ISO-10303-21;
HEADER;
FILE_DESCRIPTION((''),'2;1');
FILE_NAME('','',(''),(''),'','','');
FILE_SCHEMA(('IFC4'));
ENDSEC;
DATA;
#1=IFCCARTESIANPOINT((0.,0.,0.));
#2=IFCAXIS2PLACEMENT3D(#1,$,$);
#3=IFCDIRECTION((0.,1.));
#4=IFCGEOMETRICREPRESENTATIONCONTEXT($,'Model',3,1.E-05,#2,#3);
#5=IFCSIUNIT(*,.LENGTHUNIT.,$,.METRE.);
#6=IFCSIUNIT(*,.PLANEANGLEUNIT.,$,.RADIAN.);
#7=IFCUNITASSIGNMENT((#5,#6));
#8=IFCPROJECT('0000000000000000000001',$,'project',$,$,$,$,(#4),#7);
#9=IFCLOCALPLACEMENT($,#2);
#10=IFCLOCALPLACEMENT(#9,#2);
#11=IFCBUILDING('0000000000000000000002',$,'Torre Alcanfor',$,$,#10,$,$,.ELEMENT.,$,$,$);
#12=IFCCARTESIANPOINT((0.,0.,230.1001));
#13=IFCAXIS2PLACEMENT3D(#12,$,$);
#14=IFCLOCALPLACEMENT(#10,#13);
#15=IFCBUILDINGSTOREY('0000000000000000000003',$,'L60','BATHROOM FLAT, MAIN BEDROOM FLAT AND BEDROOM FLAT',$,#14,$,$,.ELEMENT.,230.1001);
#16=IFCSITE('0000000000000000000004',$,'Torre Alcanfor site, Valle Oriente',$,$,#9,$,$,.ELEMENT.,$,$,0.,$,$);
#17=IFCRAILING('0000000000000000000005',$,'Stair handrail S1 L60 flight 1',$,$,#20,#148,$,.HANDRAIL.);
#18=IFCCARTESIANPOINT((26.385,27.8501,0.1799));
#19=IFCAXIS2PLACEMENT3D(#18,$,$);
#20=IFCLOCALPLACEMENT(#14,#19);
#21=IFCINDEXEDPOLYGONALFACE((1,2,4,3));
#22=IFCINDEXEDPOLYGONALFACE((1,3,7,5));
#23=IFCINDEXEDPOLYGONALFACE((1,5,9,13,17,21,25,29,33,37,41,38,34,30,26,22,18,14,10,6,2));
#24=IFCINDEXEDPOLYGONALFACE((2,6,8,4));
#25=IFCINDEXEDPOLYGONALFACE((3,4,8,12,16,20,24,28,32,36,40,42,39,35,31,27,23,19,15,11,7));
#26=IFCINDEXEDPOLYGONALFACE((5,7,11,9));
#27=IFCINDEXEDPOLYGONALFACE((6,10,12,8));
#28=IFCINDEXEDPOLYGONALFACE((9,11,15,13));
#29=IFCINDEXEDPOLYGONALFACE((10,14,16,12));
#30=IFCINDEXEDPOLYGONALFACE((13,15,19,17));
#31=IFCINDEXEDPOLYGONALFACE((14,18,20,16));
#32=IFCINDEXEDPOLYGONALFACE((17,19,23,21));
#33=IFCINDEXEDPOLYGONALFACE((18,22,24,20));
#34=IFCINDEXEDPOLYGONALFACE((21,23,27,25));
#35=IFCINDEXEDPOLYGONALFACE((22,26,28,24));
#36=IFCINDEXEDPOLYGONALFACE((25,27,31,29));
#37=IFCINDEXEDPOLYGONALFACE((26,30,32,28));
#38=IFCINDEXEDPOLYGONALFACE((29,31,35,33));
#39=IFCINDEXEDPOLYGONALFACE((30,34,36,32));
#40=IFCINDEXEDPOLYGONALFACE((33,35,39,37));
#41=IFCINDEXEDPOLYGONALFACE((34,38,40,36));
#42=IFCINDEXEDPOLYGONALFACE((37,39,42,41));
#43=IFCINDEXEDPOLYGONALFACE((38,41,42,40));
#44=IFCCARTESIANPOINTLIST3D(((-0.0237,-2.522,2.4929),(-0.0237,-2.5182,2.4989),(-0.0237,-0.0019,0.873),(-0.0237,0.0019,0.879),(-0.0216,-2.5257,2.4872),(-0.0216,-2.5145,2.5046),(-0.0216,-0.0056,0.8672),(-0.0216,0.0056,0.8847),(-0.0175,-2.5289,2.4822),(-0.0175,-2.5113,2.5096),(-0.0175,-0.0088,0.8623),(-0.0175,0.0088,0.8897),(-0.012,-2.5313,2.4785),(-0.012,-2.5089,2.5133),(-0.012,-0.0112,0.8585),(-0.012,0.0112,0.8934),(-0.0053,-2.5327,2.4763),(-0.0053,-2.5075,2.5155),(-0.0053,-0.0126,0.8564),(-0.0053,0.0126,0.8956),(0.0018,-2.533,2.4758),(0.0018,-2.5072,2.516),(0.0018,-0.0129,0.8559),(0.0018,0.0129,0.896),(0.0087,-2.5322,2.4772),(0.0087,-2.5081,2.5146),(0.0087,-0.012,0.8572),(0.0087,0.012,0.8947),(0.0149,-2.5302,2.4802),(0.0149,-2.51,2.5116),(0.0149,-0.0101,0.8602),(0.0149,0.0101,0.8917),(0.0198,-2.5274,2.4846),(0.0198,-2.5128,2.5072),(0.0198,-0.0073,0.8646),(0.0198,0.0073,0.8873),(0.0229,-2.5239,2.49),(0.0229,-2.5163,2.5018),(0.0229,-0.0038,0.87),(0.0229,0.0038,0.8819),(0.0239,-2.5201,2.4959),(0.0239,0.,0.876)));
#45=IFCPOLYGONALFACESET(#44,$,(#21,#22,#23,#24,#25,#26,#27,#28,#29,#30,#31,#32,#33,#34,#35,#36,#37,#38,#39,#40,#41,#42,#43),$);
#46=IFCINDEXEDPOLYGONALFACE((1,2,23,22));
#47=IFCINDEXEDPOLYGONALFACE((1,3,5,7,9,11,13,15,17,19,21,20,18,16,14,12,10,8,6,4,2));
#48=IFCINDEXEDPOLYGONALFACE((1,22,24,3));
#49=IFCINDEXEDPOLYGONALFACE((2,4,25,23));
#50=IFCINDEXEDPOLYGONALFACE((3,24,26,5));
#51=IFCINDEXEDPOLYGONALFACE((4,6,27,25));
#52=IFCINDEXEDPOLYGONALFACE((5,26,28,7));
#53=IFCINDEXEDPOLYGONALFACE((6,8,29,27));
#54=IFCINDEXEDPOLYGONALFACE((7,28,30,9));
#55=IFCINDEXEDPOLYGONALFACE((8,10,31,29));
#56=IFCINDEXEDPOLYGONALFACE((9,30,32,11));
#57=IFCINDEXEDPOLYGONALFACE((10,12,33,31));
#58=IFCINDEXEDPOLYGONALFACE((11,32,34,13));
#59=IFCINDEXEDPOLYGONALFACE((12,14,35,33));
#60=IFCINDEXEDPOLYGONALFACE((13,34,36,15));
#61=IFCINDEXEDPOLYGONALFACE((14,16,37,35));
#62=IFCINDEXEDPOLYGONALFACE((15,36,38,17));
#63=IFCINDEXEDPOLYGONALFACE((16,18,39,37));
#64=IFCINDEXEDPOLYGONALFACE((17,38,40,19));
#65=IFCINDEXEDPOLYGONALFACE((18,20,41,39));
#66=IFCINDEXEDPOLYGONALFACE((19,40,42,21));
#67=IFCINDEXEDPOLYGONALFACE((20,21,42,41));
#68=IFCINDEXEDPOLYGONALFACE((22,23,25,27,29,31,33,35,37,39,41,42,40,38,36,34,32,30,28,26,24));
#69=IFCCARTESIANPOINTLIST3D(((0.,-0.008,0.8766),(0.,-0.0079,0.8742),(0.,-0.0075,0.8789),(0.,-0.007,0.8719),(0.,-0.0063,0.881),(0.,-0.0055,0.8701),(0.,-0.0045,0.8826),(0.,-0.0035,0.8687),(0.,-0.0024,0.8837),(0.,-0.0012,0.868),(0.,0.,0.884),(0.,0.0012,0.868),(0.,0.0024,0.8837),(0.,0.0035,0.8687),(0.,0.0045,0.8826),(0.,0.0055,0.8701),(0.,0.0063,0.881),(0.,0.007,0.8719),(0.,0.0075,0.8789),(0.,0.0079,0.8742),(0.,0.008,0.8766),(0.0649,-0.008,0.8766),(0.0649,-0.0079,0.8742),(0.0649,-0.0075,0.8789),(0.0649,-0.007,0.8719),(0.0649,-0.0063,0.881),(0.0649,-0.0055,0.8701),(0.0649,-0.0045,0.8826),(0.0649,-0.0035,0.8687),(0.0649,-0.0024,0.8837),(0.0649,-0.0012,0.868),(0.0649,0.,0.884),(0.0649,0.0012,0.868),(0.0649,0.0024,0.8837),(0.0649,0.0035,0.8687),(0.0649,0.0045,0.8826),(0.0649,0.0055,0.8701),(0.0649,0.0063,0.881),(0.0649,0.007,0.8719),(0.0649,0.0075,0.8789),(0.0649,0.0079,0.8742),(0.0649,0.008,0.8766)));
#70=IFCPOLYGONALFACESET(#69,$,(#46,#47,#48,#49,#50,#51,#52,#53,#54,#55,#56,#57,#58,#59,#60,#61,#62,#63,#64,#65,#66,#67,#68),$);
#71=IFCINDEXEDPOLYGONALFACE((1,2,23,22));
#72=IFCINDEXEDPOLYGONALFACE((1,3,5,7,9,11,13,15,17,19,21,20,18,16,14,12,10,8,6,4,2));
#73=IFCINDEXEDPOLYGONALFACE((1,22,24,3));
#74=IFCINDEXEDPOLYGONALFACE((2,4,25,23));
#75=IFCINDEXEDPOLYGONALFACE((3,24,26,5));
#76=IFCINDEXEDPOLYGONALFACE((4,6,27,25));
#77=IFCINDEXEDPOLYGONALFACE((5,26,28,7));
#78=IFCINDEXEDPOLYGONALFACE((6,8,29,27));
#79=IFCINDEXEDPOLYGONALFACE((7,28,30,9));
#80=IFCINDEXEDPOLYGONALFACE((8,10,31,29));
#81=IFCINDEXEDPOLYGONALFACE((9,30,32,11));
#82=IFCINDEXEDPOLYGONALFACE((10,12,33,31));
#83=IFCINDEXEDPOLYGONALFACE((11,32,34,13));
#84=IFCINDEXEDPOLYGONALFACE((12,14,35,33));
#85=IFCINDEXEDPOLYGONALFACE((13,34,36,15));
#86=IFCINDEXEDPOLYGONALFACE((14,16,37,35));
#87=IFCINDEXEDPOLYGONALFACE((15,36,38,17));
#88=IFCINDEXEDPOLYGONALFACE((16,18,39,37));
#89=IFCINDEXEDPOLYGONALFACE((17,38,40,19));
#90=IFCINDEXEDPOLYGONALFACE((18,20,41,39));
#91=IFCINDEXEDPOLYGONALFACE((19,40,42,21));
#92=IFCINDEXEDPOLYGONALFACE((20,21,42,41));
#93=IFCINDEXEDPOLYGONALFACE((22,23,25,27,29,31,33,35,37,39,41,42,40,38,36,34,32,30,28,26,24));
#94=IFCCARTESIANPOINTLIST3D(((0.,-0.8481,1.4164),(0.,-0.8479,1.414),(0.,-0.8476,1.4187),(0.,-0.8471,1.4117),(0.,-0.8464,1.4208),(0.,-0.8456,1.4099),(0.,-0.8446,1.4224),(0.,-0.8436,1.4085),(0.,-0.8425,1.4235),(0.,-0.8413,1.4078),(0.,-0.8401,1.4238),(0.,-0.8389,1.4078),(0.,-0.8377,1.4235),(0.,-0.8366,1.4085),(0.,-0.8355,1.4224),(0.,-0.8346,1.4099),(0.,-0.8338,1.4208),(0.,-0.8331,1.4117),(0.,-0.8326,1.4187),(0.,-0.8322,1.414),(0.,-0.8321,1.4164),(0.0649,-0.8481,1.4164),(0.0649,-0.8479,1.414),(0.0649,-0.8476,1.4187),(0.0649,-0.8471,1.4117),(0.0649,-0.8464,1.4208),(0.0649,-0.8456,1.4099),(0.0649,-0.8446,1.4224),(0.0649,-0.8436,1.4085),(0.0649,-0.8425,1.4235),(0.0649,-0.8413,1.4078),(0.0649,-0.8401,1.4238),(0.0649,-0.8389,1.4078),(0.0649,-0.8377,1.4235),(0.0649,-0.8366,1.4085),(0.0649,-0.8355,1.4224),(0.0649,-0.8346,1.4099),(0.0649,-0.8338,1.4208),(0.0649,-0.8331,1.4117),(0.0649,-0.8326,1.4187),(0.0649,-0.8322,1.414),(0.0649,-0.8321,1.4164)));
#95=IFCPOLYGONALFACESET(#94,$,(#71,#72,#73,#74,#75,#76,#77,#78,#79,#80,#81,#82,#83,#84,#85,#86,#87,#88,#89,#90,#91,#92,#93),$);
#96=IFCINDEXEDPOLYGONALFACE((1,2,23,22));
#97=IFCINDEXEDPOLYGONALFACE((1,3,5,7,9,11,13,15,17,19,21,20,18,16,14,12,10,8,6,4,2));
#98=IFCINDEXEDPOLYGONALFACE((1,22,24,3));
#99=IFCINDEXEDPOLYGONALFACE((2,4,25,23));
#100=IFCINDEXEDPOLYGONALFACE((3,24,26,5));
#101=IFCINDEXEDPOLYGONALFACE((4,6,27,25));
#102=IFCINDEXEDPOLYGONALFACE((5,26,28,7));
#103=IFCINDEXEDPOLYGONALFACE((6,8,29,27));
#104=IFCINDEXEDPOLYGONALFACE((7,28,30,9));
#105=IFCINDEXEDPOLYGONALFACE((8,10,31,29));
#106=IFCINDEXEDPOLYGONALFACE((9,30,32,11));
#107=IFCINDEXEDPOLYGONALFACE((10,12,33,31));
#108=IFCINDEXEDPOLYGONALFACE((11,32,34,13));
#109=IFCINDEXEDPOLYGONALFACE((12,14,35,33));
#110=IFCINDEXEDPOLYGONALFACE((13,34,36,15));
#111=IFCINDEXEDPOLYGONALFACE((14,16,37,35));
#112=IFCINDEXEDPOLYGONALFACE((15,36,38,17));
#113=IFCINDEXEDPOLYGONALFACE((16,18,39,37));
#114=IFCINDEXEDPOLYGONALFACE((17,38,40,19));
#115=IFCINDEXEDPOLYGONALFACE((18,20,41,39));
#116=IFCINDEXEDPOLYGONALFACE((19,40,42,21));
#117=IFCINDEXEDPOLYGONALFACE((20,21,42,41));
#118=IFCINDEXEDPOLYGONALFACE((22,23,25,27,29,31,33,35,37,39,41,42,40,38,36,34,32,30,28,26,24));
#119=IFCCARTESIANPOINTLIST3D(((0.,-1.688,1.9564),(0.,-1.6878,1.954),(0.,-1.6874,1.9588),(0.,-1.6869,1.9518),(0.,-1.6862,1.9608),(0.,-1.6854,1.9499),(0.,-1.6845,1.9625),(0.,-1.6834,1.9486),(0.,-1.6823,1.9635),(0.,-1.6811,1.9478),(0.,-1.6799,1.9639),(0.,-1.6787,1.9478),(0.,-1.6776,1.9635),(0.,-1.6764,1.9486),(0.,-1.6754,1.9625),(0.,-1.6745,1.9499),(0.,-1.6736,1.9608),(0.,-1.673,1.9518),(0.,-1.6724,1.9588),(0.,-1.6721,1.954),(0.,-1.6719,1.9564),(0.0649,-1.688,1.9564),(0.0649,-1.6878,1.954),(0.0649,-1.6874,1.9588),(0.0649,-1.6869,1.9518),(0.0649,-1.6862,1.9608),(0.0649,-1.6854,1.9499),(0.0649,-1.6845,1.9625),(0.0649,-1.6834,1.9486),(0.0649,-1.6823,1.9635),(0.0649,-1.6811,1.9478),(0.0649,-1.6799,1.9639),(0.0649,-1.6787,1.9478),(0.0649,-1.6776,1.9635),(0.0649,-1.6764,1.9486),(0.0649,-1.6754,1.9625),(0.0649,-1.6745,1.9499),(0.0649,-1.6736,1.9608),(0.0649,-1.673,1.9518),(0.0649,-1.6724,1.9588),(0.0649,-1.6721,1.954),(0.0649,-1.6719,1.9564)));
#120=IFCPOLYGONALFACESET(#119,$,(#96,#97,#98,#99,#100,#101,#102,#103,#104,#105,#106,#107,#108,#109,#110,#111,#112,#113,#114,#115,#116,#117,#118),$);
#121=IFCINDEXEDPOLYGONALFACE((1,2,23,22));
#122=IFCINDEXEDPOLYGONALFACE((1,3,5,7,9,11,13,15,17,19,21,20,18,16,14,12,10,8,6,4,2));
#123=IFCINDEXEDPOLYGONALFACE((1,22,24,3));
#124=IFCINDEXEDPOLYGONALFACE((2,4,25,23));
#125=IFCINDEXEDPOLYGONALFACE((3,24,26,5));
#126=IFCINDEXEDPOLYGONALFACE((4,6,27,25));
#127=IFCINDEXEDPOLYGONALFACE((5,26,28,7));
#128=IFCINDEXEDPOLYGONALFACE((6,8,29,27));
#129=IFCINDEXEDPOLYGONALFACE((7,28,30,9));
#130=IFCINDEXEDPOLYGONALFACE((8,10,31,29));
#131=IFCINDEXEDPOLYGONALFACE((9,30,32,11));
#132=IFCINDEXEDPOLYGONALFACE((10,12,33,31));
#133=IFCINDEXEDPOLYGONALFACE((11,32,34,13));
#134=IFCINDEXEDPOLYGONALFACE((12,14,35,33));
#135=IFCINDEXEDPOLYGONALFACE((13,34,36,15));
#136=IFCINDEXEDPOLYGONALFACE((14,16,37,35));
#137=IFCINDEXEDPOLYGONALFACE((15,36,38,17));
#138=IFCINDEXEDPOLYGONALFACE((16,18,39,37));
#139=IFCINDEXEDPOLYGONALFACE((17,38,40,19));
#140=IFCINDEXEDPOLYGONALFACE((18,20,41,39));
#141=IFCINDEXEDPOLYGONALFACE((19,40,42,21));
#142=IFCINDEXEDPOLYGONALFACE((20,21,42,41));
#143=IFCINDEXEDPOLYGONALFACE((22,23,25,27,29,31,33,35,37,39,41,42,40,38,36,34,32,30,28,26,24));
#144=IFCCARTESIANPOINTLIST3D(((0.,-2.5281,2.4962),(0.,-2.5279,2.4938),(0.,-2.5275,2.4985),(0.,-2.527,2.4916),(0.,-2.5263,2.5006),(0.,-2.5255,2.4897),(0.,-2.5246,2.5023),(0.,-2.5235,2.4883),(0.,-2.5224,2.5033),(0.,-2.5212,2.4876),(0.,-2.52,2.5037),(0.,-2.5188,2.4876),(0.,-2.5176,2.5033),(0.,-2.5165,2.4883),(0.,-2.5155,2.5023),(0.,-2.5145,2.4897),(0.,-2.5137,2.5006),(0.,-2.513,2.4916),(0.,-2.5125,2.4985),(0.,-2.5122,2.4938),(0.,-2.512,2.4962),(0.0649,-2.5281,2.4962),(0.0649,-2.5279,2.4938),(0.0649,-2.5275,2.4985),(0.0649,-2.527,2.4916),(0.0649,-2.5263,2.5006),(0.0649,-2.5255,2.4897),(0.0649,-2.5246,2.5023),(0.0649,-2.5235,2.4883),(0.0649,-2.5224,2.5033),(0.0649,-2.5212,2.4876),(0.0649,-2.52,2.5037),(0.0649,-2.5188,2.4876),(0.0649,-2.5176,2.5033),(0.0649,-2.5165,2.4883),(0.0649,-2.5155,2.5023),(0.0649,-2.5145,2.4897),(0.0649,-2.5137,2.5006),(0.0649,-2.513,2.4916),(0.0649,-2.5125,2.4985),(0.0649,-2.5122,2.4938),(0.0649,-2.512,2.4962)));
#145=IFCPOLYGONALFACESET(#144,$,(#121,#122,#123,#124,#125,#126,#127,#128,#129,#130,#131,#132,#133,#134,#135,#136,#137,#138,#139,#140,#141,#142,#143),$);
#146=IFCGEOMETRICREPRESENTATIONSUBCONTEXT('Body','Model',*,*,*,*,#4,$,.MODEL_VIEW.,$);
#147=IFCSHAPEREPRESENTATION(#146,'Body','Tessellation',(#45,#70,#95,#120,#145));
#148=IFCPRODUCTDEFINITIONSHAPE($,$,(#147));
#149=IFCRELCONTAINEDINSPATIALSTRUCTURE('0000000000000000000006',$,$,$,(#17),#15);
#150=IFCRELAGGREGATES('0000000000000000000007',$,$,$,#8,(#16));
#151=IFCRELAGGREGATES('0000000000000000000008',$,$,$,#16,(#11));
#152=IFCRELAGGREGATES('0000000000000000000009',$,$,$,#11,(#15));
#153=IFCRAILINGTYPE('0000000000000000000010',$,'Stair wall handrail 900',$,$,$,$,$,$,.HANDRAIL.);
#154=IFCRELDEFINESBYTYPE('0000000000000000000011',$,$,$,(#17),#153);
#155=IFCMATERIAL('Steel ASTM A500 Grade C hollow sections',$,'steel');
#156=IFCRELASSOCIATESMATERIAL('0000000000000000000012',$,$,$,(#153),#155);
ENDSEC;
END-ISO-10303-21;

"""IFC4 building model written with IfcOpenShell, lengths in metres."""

from ifc_helpers import new_model, si_unit, direction, frame, origin, origin_2d, place, context, subcontext, project, spatial, circle, extrude, material, type_object, element, save


model = new_model("IFC4")

# Units and contexts
model_context = context("Model", 3, precision=1e-05, world=origin(), true_north=direction((0.0, 1.0)))
body_context = subcontext(model_context, "Body", "Model", "MODEL_VIEW")
ifc_project = project(units=[si_unit("LENGTHUNIT", "METRE"), si_unit("PLANEANGLEUNIT", "RADIAN")], contexts=[model_context])

# Site, building, storey
site_placement = place(None, origin())
site = spatial("IfcSite", under=ifc_project, at=site_placement, Name="Torre Alcanfor site, Valle Oriente", CompositionType="ELEMENT", RefElevation=0.0)
building_placement = place(site_placement, origin())
building = spatial("IfcBuilding", under=site, at=building_placement, Name="Torre Alcanfor", CompositionType="ELEMENT")
storey_placement = place(building_placement, frame((0.0, 0.0, 230.1001)))
storey = spatial("IfcBuildingStorey", under=building, at=storey_placement, Name="L60", Description="BATHROOM FLAT, MAIN BEDROOM FLAT AND BEDROOM FLAT", CompositionType="ELEMENT", Elevation=230.1001)

# Railing
ifc_material_1 = material(Name="Steel ASTM A500 Grade C hollow sections", Category="steel")
railing_type = type_object("IfcRailingType", Name="Stair wall handrail 900", PredefinedType="HANDRAIL", material=ifc_material_1)
railing_placement = place(storey_placement, frame((26.385, 27.8501, 0.1799)))
element("IfcRailing", 1, at=railing_placement, inside=storey, type_object=railing_type, Name="Stair handrail S1 L60 flight 1", PredefinedType="HANDRAIL", context=body_context, shape_type="SweptSolid", body=[
    extrude(circle(Radius=0.0239, at=origin_2d()), frame((0.0, 0.0, 0.876), z_axis=(0.0, -0.8412, 0.540725), x_axis=(1.0, 0.0, 0.0)), (0.0, 0.0, 1.0), 2.9958),
    extrude(circle(Radius=0.0081, at=origin_2d()), frame((0.0, 0.0, 0.876), z_axis=(1.0, 0.0, 0.0), x_axis=(0.0, 0.0, 1.0)), (0.0, 0.0, 1.0), 0.0649),
    extrude(circle(Radius=0.0081, at=origin_2d()), frame((0.0, -0.8401, 1.4158), z_axis=(1.0, 0.0, 0.0), x_axis=(0.0, 0.0, 1.0)), (0.0, 0.0, 1.0), 0.0649),
    extrude(circle(Radius=0.0081, at=origin_2d()), frame((0.0, -1.6799, 1.9558), z_axis=(1.0, 0.0, 0.0), x_axis=(0.0, 0.0, 1.0)), (0.0, 0.0, 1.0), 0.0649),
    extrude(circle(Radius=0.0081, at=origin_2d()), frame((0.0, -2.52, 2.4956), z_axis=(1.0, 0.0, 0.0), x_axis=(0.0, 0.0, 1.0)), (0.0, 0.0, 1.0), 0.0649),
])

save(model, "model.ifc")
